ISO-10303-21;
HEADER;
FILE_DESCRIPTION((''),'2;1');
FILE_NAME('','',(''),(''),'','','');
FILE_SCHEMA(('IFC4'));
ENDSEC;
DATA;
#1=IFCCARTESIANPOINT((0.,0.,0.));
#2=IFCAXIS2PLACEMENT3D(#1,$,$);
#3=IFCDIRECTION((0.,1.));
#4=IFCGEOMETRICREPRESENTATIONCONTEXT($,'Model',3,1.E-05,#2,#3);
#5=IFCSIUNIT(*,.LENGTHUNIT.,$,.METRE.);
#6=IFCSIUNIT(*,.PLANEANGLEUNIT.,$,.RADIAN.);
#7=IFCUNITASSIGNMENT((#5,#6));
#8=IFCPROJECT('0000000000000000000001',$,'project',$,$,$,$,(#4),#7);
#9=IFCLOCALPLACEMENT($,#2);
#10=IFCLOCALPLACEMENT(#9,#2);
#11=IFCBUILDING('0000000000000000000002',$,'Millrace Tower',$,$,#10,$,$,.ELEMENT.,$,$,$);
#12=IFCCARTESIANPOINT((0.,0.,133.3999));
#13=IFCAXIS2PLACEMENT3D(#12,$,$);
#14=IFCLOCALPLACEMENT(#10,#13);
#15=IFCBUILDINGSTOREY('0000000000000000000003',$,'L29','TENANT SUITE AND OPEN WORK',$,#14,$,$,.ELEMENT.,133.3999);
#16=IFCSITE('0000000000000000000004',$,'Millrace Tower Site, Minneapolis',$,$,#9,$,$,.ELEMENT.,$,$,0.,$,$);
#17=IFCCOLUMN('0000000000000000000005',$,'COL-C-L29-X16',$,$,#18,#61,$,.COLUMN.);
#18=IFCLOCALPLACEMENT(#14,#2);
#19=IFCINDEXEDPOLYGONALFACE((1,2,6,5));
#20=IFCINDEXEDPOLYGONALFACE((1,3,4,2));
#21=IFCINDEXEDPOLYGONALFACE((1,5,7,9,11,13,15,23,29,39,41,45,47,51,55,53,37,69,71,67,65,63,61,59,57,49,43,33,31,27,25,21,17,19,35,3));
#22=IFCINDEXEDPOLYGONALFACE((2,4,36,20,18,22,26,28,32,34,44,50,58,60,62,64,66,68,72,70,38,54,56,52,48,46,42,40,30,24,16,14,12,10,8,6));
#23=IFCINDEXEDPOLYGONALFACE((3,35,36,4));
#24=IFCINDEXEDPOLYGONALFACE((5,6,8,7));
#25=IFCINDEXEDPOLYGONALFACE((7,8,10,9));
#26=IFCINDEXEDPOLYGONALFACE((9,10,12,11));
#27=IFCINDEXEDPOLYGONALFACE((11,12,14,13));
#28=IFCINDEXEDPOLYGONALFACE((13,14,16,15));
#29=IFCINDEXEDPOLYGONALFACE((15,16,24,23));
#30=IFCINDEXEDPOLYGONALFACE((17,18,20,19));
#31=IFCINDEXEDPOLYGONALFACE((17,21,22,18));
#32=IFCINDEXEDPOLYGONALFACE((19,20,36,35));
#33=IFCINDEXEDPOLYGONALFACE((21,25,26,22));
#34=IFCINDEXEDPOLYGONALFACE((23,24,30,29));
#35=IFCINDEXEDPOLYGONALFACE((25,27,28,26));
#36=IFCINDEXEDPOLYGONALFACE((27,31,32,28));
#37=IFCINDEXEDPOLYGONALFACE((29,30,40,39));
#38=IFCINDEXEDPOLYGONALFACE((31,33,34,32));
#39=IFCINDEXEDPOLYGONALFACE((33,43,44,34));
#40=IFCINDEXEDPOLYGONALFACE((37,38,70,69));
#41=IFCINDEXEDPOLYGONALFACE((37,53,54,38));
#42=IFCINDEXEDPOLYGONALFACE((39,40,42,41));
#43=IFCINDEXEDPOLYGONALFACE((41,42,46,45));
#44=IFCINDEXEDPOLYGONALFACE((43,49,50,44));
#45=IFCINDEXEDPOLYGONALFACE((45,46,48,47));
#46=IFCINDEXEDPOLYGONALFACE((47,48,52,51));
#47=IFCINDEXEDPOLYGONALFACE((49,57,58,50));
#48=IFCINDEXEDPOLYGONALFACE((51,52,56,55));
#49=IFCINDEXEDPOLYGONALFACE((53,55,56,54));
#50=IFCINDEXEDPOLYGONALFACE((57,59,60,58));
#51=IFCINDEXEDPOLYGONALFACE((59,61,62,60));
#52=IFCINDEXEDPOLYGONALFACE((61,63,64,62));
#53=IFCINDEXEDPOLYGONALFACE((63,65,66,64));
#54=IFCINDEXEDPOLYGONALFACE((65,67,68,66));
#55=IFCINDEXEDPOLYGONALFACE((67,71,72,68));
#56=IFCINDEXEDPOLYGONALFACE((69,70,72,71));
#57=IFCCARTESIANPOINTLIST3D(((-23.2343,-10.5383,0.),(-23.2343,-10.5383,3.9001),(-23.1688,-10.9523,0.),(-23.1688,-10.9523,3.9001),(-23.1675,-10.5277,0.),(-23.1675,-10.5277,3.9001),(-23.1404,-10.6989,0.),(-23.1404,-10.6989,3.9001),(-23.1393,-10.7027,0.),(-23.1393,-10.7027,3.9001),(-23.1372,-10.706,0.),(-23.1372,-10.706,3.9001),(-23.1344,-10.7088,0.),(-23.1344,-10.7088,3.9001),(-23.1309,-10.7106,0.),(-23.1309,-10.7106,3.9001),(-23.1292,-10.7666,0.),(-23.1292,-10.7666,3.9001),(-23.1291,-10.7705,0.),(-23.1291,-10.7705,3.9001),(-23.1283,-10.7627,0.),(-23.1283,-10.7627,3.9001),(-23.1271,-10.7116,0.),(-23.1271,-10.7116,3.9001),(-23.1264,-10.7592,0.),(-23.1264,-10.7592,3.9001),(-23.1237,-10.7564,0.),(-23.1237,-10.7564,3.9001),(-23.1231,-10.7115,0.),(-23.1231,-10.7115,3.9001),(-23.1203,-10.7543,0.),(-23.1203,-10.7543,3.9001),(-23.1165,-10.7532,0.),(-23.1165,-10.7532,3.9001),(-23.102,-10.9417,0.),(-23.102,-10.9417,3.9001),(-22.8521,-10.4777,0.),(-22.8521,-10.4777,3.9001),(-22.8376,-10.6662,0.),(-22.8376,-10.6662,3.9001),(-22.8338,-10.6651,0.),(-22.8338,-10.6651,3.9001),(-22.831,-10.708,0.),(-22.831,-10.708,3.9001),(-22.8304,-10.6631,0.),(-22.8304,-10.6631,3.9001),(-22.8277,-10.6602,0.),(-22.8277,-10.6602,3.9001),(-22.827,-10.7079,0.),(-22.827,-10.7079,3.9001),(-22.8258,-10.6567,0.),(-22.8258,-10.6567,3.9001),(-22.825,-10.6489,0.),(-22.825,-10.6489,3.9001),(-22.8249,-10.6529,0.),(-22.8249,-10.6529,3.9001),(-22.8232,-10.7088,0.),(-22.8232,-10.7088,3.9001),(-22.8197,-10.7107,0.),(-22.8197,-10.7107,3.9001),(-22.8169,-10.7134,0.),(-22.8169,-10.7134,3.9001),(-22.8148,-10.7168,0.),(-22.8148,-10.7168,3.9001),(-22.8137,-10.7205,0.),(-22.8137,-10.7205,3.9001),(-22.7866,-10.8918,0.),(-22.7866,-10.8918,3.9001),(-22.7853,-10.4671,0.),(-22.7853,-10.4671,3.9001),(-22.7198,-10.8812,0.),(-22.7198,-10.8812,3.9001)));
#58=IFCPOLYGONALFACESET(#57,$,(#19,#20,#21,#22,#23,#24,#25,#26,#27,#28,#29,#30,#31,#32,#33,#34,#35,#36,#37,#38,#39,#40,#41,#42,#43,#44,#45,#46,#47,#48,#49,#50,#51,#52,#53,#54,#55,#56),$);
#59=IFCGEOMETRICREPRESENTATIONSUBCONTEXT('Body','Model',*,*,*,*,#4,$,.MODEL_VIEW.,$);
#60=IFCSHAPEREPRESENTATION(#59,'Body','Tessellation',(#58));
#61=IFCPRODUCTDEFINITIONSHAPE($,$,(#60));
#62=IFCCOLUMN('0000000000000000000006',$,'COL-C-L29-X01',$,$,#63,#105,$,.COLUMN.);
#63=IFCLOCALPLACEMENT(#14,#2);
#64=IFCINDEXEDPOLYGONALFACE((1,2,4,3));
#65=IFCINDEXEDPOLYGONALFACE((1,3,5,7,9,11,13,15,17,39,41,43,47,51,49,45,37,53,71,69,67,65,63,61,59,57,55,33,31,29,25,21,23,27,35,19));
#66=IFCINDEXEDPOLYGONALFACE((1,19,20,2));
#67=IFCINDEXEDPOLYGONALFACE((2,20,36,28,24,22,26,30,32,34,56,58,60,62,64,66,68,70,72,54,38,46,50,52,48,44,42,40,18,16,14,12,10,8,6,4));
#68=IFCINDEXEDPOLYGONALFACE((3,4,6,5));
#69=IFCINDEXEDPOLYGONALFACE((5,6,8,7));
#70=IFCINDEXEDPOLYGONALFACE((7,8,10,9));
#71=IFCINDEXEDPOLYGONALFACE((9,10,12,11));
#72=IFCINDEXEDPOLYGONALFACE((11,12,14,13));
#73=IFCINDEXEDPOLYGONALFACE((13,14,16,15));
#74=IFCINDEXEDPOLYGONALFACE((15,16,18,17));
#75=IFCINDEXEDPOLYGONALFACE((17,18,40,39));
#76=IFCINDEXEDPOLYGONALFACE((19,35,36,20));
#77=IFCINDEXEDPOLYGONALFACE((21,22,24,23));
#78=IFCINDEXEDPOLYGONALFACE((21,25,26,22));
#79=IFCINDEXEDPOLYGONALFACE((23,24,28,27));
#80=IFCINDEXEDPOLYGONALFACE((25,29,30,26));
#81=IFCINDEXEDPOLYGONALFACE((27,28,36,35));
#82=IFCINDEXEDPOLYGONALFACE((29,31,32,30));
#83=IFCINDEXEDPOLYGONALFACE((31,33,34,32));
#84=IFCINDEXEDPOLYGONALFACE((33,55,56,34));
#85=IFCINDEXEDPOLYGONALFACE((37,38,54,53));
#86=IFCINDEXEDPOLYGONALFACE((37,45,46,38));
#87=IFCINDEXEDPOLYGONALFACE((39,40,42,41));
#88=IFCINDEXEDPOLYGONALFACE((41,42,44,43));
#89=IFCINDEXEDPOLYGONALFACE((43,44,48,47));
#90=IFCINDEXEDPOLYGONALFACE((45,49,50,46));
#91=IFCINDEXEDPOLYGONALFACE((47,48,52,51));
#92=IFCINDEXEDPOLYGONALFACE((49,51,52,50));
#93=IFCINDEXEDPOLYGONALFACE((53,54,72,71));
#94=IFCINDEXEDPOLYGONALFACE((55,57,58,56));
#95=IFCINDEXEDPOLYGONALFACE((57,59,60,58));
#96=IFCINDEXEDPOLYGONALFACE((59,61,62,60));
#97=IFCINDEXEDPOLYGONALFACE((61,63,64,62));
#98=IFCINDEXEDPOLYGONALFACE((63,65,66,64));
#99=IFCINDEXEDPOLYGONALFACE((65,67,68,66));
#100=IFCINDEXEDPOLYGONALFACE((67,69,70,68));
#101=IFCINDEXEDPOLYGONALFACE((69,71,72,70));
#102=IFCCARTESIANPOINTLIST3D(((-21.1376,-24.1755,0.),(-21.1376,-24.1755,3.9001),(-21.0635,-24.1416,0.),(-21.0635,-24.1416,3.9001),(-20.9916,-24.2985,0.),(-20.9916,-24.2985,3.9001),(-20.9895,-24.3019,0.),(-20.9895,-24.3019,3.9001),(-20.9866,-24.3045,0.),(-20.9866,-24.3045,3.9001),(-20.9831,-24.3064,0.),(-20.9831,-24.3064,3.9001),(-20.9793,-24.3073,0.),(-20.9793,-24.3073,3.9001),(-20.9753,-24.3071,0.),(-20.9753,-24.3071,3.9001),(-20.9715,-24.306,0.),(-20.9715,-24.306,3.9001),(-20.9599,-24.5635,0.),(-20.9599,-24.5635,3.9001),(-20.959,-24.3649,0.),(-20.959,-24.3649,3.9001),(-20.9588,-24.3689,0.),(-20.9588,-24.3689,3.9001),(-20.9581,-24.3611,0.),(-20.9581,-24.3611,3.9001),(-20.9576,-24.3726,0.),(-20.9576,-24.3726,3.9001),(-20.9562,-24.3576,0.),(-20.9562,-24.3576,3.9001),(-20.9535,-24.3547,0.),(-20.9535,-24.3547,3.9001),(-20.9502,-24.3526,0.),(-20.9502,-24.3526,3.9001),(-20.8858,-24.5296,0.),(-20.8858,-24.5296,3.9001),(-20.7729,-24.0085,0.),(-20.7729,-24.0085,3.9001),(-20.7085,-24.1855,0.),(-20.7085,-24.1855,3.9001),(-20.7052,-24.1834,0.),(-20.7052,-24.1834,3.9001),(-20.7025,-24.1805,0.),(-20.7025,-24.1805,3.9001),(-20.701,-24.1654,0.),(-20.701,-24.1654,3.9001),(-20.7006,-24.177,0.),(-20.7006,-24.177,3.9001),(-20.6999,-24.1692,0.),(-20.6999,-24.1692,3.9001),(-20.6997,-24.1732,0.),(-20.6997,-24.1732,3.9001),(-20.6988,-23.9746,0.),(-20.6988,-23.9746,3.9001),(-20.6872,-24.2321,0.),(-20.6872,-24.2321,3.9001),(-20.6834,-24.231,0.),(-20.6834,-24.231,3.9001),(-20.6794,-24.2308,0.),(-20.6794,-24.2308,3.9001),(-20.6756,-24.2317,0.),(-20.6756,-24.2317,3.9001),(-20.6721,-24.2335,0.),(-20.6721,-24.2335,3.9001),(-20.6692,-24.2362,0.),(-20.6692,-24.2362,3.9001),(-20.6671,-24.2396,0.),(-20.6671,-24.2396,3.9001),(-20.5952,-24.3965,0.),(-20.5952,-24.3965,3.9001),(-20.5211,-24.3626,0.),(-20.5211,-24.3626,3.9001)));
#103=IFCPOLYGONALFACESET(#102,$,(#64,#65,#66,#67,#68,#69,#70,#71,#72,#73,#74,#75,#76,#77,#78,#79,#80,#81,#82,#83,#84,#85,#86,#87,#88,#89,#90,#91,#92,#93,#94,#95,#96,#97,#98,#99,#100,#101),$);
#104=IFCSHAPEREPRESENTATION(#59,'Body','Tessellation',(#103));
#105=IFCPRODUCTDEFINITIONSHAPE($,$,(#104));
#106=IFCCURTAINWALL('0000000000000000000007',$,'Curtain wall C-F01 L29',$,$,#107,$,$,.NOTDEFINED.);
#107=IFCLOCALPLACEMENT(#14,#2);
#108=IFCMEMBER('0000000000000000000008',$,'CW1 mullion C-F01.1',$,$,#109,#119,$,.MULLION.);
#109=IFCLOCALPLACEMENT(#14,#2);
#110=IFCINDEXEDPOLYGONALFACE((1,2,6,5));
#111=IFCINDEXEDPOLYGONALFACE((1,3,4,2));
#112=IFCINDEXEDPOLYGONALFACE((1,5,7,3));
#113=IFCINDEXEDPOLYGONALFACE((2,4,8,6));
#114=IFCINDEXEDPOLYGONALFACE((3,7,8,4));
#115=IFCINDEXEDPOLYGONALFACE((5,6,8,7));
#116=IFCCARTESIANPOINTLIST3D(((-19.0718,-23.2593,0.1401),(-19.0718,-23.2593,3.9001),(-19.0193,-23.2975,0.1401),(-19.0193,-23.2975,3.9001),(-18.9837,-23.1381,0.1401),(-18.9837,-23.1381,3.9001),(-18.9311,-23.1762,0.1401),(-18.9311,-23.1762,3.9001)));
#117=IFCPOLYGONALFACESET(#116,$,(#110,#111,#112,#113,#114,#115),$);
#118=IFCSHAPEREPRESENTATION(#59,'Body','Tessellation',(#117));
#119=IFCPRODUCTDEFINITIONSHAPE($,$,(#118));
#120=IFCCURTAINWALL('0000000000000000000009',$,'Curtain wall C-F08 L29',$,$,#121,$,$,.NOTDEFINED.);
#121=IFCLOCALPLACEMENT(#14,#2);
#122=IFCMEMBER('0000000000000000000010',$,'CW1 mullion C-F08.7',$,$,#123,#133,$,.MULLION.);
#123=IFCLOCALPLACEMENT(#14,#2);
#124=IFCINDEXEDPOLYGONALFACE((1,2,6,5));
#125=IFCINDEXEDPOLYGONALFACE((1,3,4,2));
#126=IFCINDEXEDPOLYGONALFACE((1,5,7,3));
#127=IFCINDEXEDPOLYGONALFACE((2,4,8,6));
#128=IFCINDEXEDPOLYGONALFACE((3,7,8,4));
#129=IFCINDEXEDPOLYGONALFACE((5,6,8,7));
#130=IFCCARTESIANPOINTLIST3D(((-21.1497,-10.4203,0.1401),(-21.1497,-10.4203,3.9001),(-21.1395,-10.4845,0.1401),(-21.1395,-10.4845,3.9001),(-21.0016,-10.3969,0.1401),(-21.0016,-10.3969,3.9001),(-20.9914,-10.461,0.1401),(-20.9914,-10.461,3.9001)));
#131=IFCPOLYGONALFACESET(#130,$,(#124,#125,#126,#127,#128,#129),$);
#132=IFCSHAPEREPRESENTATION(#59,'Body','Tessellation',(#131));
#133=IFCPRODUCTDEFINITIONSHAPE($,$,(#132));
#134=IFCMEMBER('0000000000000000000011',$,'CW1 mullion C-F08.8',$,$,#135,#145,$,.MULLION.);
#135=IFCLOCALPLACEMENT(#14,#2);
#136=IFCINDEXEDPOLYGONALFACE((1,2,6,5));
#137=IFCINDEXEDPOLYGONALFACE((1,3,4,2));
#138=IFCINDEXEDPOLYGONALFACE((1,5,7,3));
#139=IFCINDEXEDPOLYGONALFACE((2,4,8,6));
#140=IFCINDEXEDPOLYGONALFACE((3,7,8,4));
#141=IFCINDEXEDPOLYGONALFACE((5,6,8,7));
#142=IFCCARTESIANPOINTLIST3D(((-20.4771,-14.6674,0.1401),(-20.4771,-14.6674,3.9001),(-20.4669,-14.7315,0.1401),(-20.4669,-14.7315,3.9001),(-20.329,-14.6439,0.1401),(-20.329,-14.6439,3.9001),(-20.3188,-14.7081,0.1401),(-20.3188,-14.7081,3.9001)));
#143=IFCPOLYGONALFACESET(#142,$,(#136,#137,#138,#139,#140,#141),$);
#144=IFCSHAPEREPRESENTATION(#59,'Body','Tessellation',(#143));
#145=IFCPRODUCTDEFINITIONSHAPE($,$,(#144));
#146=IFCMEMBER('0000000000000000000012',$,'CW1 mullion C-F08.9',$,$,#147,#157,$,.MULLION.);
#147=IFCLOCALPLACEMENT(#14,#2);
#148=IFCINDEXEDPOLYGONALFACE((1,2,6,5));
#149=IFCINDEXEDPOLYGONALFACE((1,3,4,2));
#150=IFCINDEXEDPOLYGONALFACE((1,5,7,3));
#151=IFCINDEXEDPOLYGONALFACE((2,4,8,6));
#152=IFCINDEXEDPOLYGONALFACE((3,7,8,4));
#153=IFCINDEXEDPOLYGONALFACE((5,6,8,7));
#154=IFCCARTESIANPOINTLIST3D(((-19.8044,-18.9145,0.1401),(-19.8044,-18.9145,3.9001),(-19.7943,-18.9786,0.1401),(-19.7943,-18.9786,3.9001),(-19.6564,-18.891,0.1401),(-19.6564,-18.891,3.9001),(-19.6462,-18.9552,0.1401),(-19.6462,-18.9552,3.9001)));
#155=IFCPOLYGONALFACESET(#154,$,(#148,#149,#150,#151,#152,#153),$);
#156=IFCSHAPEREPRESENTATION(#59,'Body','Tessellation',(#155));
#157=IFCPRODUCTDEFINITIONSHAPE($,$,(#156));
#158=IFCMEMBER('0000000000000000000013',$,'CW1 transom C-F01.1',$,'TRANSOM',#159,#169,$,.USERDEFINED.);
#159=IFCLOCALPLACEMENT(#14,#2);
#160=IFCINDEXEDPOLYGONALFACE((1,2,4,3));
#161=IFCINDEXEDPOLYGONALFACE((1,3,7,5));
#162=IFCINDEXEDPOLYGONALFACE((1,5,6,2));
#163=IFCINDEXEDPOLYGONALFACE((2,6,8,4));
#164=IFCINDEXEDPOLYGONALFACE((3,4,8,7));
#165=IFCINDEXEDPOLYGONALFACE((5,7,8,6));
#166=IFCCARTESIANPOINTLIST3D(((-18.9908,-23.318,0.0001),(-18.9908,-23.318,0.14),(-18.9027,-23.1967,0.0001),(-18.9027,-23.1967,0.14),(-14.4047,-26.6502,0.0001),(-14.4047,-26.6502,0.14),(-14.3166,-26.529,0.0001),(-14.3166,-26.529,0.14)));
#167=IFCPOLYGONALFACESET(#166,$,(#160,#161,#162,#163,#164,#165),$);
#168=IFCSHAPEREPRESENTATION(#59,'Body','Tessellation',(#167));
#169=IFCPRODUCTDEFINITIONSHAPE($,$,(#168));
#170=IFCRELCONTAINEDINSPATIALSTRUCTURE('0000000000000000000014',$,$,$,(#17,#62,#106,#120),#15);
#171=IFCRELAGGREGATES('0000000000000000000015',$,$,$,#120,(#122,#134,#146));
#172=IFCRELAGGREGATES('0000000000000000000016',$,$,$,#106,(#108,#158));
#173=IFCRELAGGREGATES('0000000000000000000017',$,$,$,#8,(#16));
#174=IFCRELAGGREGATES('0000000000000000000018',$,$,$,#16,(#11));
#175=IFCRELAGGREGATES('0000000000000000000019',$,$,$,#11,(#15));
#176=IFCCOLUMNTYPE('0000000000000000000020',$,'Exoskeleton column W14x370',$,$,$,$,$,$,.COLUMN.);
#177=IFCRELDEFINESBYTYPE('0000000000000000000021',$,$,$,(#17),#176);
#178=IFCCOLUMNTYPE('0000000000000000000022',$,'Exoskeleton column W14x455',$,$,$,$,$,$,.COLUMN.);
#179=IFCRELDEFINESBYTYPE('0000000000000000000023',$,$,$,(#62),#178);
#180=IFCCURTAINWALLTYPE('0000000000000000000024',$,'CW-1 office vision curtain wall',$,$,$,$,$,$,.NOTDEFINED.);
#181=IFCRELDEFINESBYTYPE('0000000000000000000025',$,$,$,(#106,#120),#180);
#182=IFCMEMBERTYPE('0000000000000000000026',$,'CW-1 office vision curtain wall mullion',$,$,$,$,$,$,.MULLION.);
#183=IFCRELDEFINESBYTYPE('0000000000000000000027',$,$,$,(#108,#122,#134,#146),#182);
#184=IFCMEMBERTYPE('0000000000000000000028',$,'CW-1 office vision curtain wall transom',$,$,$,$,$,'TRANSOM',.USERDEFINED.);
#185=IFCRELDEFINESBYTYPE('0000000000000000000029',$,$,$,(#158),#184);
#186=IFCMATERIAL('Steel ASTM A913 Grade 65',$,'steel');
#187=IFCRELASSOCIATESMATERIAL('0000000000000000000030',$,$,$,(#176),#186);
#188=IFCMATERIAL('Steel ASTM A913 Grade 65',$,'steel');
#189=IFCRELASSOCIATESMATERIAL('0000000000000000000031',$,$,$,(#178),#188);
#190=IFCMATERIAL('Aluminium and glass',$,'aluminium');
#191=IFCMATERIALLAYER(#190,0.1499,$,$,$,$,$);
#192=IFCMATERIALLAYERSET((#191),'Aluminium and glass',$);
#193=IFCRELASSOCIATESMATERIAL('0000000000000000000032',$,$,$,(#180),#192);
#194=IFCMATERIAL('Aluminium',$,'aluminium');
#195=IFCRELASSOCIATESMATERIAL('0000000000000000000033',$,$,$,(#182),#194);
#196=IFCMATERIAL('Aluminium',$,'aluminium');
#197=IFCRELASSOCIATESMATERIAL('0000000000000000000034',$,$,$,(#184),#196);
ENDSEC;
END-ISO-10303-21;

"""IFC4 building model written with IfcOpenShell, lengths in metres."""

from ifc_helpers import new_model, si_unit, direction, frame, origin, origin_2d, place, context, subcontext, project, spatial, rectangle, i_section, extrude, material, layer, layer_set, material_profile, profile_set, type_object, element, aggregate, save


model = new_model("IFC4")

# Units and contexts
model_context = context("Model", 3, precision=1e-05, world=origin(), true_north=direction((0.0, 1.0)))
body_context = subcontext(model_context, "Body", "Model", "MODEL_VIEW")
ifc_project = project(units=[si_unit("LENGTHUNIT", "METRE"), si_unit("PLANEANGLEUNIT", "RADIAN")], contexts=[model_context])

# Site, building, storey
site_placement = place(None, origin())
site = spatial("IfcSite", under=ifc_project, at=site_placement, Name="Millrace Tower Site, Minneapolis", CompositionType="ELEMENT", RefElevation=0.0)
building_placement = place(site_placement, origin())
building = spatial("IfcBuilding", under=site, at=building_placement, Name="Millrace Tower", CompositionType="ELEMENT")
storey_placement = place(building_placement, frame((0.0, 0.0, 133.3999)))
storey = spatial("IfcBuildingStorey", under=building, at=storey_placement, Name="L29", Description="TENANT SUITE AND OPEN WORK", CompositionType="ELEMENT", Elevation=133.3999)

# Columns
ifc_material_1 = material(Name="Steel ASTM A913 Grade 65", Category="steel")
ifc_material_profile_1 = material_profile(ifc_material_1, i_section(OverallWidth=0.4192, OverallDepth=0.4546, WebThickness=0.0422, FlangeThickness=0.0676, FilletRadius=0.0151, at=origin_2d()))
ifc_profile_set_1 = profile_set([ifc_material_profile_1], Name="Steel ASTM A913 Grade 65")
column_type_1 = type_object("IfcColumnType", Name="Exoskeleton column W14x370", PredefinedType="COLUMN", material=ifc_profile_set_1)
column_1_placement = place(storey_placement, frame((-22.9771, -10.7097, 0.0), z_axis=(0.0, 0.0, 1.0), x_axis=(0.156434, -0.987688, 0.0)))
element("IfcColumn", 1, at=column_1_placement, inside=storey, type_object=column_type_1, Name="COL-C-L29-X16", PredefinedType="COLUMN", context=body_context, shape_type="SweptSolid", body=[
    extrude(i_section(OverallWidth=0.4192, OverallDepth=0.4546, WebThickness=0.0422, FlangeThickness=0.0676, FilletRadius=0.0151, at=origin_2d()), origin(), (0.0, 0.0, 1.0), 3.9001),
])
ifc_material_2 = material(Name="Steel ASTM A913 Grade 65", Category="steel")
ifc_material_profile_2 = material_profile(ifc_material_2, i_section(OverallWidth=0.4268, OverallDepth=0.4827, WebThickness=0.0513, FlangeThickness=0.0815, FilletRadius=0.0151, at=origin_2d()))
ifc_profile_set_2 = profile_set([ifc_material_profile_2], Name="Steel ASTM A913 Grade 65")
column_type_2 = type_object("IfcColumnType", Name="Exoskeleton column W14x455", PredefinedType="COLUMN", material=ifc_profile_set_2)
column_2_placement = place(storey_placement, frame((-20.8293, -24.269, 0.0), z_axis=(0.0, 0.0, 1.0), x_axis=(0.416401, -0.909181, 0.0)))
element("IfcColumn", 2, at=column_2_placement, inside=storey, type_object=column_type_2, Name="COL-C-L29-X01", PredefinedType="COLUMN", context=body_context, shape_type="SweptSolid", body=[
    extrude(i_section(OverallWidth=0.4268, OverallDepth=0.4827, WebThickness=0.0513, FlangeThickness=0.0815, FilletRadius=0.0151, at=origin_2d()), origin(), (0.0, 0.0, 1.0), 3.9001),
])

# Curtain wall, member
ifc_material_3 = material(Name="Aluminium and glass", Category="aluminium")
ifc_layer_1 = layer(ifc_material_3, 0.1499)
ifc_layer_set_1 = layer_set([ifc_layer_1], Name="Aluminium and glass")
curtain_wall_type = type_object("IfcCurtainWallType", Name="CW-1 office vision curtain wall", PredefinedType="NOTDEFINED", material=ifc_layer_set_1)
placement = place(storey_placement, origin())
curtain_wall_1 = element("IfcCurtainWall", 3, at=placement, inside=storey, type_object=curtain_wall_type, Name="Curtain wall C-F01 L29", PredefinedType="NOTDEFINED")
ifc_material_4 = material(Name="Aluminium", Category="aluminium")
ifc_material_profile_3 = material_profile(ifc_material_4, rectangle(XDim=0.0649, YDim=0.1499, at=origin_2d()))
ifc_profile_set_3 = profile_set([ifc_material_profile_3], Name="Aluminium")
member_type_1 = type_object("IfcMemberType", Name="CW-1 office vision curtain wall mullion", PredefinedType="MULLION", material=ifc_profile_set_3)
member_1_placement = place(storey_placement, frame((-19.0015, -23.2178, 0.1401), z_axis=(0.0, 0.0, 1.0), x_axis=(0.809017, -0.587785, 0.0)))
member_1 = element("IfcMember", 4, at=member_1_placement, type_object=member_type_1, Name="CW1 mullion C-F01.1", PredefinedType="MULLION", context=body_context, shape_type="SweptSolid", body=[
    extrude(rectangle(XDim=0.0649, YDim=0.1499, at=origin_2d()), origin(), (0.0, 0.0, 1.0), 3.76),
])

# Curtain wall, members
curtain_wall_2 = element("IfcCurtainWall", 5, at=placement, inside=storey, type_object=curtain_wall_type, Name="Curtain wall C-F08 L29", PredefinedType="NOTDEFINED")
member_2_placement = place(storey_placement, frame((-21.0706, -10.4407, 0.1401), z_axis=(0.0, 0.0, 1.0), x_axis=(0.156434, -0.987688, 0.0)))
member_2 = element("IfcMember", 6, at=member_2_placement, type_object=member_type_1, Name="CW1 mullion C-F08.7", PredefinedType="MULLION", context=body_context, shape_type="SweptSolid", body=[
    extrude(rectangle(XDim=0.0649, YDim=0.1499, at=origin_2d()), origin(), (0.0, 0.0, 1.0), 3.76),
])
member_3_placement = place(storey_placement, frame((-20.3979, -14.6877, 0.1401), z_axis=(0.0, 0.0, 1.0), x_axis=(0.156434, -0.987688, 0.0)))
member_3 = element("IfcMember", 7, at=member_3_placement, type_object=member_type_1, Name="CW1 mullion C-F08.8", PredefinedType="MULLION", context=body_context, shape_type="SweptSolid", body=[
    extrude(rectangle(XDim=0.0649, YDim=0.1499, at=origin_2d()), origin(), (0.0, 0.0, 1.0), 3.76),
])
member_4_placement = place(storey_placement, frame((-19.7253, -18.9348, 0.1401), z_axis=(0.0, 0.0, 1.0), x_axis=(0.156434, -0.987688, 0.0)))
member_4 = element("IfcMember", 8, at=member_4_placement, type_object=member_type_1, Name="CW1 mullion C-F08.9", PredefinedType="MULLION", context=body_context, shape_type="SweptSolid", body=[
    extrude(rectangle(XDim=0.0649, YDim=0.1499, at=origin_2d()), origin(), (0.0, 0.0, 1.0), 3.76),
])
aggregate(curtain_wall_2, [member_2, member_3, member_4])

# Member
ifc_material_5 = material(Name="Aluminium", Category="aluminium")
ifc_material_profile_4 = material_profile(ifc_material_5, rectangle(XDim=0.1499, YDim=0.1399, at=origin_2d()))
ifc_profile_set_4 = profile_set([ifc_material_profile_4], Name="Aluminium")
member_type_2 = type_object("IfcMemberType", Name="CW-1 office vision curtain wall transom", ElementType="TRANSOM", PredefinedType="USERDEFINED", material=ifc_profile_set_4)
member_5_placement = place(storey_placement, frame((-18.9468, -23.2573, 0.0701), z_axis=(0.808999, -0.587811, 0.0), x_axis=(0.587811, 0.808999, 0.0)))
member_5 = element("IfcMember", 9, at=member_5_placement, type_object=member_type_2, Name="CW1 transom C-F01.1", ObjectType="TRANSOM", PredefinedType="USERDEFINED", context=body_context, shape_type="SweptSolid", body=[
    extrude(rectangle(XDim=0.1499, YDim=0.1399, at=origin_2d()), origin(), (0.0, 0.0, 1.0), 5.6689),
])
aggregate(curtain_wall_1, [member_1, member_5])

save(model, "model.ifc")
